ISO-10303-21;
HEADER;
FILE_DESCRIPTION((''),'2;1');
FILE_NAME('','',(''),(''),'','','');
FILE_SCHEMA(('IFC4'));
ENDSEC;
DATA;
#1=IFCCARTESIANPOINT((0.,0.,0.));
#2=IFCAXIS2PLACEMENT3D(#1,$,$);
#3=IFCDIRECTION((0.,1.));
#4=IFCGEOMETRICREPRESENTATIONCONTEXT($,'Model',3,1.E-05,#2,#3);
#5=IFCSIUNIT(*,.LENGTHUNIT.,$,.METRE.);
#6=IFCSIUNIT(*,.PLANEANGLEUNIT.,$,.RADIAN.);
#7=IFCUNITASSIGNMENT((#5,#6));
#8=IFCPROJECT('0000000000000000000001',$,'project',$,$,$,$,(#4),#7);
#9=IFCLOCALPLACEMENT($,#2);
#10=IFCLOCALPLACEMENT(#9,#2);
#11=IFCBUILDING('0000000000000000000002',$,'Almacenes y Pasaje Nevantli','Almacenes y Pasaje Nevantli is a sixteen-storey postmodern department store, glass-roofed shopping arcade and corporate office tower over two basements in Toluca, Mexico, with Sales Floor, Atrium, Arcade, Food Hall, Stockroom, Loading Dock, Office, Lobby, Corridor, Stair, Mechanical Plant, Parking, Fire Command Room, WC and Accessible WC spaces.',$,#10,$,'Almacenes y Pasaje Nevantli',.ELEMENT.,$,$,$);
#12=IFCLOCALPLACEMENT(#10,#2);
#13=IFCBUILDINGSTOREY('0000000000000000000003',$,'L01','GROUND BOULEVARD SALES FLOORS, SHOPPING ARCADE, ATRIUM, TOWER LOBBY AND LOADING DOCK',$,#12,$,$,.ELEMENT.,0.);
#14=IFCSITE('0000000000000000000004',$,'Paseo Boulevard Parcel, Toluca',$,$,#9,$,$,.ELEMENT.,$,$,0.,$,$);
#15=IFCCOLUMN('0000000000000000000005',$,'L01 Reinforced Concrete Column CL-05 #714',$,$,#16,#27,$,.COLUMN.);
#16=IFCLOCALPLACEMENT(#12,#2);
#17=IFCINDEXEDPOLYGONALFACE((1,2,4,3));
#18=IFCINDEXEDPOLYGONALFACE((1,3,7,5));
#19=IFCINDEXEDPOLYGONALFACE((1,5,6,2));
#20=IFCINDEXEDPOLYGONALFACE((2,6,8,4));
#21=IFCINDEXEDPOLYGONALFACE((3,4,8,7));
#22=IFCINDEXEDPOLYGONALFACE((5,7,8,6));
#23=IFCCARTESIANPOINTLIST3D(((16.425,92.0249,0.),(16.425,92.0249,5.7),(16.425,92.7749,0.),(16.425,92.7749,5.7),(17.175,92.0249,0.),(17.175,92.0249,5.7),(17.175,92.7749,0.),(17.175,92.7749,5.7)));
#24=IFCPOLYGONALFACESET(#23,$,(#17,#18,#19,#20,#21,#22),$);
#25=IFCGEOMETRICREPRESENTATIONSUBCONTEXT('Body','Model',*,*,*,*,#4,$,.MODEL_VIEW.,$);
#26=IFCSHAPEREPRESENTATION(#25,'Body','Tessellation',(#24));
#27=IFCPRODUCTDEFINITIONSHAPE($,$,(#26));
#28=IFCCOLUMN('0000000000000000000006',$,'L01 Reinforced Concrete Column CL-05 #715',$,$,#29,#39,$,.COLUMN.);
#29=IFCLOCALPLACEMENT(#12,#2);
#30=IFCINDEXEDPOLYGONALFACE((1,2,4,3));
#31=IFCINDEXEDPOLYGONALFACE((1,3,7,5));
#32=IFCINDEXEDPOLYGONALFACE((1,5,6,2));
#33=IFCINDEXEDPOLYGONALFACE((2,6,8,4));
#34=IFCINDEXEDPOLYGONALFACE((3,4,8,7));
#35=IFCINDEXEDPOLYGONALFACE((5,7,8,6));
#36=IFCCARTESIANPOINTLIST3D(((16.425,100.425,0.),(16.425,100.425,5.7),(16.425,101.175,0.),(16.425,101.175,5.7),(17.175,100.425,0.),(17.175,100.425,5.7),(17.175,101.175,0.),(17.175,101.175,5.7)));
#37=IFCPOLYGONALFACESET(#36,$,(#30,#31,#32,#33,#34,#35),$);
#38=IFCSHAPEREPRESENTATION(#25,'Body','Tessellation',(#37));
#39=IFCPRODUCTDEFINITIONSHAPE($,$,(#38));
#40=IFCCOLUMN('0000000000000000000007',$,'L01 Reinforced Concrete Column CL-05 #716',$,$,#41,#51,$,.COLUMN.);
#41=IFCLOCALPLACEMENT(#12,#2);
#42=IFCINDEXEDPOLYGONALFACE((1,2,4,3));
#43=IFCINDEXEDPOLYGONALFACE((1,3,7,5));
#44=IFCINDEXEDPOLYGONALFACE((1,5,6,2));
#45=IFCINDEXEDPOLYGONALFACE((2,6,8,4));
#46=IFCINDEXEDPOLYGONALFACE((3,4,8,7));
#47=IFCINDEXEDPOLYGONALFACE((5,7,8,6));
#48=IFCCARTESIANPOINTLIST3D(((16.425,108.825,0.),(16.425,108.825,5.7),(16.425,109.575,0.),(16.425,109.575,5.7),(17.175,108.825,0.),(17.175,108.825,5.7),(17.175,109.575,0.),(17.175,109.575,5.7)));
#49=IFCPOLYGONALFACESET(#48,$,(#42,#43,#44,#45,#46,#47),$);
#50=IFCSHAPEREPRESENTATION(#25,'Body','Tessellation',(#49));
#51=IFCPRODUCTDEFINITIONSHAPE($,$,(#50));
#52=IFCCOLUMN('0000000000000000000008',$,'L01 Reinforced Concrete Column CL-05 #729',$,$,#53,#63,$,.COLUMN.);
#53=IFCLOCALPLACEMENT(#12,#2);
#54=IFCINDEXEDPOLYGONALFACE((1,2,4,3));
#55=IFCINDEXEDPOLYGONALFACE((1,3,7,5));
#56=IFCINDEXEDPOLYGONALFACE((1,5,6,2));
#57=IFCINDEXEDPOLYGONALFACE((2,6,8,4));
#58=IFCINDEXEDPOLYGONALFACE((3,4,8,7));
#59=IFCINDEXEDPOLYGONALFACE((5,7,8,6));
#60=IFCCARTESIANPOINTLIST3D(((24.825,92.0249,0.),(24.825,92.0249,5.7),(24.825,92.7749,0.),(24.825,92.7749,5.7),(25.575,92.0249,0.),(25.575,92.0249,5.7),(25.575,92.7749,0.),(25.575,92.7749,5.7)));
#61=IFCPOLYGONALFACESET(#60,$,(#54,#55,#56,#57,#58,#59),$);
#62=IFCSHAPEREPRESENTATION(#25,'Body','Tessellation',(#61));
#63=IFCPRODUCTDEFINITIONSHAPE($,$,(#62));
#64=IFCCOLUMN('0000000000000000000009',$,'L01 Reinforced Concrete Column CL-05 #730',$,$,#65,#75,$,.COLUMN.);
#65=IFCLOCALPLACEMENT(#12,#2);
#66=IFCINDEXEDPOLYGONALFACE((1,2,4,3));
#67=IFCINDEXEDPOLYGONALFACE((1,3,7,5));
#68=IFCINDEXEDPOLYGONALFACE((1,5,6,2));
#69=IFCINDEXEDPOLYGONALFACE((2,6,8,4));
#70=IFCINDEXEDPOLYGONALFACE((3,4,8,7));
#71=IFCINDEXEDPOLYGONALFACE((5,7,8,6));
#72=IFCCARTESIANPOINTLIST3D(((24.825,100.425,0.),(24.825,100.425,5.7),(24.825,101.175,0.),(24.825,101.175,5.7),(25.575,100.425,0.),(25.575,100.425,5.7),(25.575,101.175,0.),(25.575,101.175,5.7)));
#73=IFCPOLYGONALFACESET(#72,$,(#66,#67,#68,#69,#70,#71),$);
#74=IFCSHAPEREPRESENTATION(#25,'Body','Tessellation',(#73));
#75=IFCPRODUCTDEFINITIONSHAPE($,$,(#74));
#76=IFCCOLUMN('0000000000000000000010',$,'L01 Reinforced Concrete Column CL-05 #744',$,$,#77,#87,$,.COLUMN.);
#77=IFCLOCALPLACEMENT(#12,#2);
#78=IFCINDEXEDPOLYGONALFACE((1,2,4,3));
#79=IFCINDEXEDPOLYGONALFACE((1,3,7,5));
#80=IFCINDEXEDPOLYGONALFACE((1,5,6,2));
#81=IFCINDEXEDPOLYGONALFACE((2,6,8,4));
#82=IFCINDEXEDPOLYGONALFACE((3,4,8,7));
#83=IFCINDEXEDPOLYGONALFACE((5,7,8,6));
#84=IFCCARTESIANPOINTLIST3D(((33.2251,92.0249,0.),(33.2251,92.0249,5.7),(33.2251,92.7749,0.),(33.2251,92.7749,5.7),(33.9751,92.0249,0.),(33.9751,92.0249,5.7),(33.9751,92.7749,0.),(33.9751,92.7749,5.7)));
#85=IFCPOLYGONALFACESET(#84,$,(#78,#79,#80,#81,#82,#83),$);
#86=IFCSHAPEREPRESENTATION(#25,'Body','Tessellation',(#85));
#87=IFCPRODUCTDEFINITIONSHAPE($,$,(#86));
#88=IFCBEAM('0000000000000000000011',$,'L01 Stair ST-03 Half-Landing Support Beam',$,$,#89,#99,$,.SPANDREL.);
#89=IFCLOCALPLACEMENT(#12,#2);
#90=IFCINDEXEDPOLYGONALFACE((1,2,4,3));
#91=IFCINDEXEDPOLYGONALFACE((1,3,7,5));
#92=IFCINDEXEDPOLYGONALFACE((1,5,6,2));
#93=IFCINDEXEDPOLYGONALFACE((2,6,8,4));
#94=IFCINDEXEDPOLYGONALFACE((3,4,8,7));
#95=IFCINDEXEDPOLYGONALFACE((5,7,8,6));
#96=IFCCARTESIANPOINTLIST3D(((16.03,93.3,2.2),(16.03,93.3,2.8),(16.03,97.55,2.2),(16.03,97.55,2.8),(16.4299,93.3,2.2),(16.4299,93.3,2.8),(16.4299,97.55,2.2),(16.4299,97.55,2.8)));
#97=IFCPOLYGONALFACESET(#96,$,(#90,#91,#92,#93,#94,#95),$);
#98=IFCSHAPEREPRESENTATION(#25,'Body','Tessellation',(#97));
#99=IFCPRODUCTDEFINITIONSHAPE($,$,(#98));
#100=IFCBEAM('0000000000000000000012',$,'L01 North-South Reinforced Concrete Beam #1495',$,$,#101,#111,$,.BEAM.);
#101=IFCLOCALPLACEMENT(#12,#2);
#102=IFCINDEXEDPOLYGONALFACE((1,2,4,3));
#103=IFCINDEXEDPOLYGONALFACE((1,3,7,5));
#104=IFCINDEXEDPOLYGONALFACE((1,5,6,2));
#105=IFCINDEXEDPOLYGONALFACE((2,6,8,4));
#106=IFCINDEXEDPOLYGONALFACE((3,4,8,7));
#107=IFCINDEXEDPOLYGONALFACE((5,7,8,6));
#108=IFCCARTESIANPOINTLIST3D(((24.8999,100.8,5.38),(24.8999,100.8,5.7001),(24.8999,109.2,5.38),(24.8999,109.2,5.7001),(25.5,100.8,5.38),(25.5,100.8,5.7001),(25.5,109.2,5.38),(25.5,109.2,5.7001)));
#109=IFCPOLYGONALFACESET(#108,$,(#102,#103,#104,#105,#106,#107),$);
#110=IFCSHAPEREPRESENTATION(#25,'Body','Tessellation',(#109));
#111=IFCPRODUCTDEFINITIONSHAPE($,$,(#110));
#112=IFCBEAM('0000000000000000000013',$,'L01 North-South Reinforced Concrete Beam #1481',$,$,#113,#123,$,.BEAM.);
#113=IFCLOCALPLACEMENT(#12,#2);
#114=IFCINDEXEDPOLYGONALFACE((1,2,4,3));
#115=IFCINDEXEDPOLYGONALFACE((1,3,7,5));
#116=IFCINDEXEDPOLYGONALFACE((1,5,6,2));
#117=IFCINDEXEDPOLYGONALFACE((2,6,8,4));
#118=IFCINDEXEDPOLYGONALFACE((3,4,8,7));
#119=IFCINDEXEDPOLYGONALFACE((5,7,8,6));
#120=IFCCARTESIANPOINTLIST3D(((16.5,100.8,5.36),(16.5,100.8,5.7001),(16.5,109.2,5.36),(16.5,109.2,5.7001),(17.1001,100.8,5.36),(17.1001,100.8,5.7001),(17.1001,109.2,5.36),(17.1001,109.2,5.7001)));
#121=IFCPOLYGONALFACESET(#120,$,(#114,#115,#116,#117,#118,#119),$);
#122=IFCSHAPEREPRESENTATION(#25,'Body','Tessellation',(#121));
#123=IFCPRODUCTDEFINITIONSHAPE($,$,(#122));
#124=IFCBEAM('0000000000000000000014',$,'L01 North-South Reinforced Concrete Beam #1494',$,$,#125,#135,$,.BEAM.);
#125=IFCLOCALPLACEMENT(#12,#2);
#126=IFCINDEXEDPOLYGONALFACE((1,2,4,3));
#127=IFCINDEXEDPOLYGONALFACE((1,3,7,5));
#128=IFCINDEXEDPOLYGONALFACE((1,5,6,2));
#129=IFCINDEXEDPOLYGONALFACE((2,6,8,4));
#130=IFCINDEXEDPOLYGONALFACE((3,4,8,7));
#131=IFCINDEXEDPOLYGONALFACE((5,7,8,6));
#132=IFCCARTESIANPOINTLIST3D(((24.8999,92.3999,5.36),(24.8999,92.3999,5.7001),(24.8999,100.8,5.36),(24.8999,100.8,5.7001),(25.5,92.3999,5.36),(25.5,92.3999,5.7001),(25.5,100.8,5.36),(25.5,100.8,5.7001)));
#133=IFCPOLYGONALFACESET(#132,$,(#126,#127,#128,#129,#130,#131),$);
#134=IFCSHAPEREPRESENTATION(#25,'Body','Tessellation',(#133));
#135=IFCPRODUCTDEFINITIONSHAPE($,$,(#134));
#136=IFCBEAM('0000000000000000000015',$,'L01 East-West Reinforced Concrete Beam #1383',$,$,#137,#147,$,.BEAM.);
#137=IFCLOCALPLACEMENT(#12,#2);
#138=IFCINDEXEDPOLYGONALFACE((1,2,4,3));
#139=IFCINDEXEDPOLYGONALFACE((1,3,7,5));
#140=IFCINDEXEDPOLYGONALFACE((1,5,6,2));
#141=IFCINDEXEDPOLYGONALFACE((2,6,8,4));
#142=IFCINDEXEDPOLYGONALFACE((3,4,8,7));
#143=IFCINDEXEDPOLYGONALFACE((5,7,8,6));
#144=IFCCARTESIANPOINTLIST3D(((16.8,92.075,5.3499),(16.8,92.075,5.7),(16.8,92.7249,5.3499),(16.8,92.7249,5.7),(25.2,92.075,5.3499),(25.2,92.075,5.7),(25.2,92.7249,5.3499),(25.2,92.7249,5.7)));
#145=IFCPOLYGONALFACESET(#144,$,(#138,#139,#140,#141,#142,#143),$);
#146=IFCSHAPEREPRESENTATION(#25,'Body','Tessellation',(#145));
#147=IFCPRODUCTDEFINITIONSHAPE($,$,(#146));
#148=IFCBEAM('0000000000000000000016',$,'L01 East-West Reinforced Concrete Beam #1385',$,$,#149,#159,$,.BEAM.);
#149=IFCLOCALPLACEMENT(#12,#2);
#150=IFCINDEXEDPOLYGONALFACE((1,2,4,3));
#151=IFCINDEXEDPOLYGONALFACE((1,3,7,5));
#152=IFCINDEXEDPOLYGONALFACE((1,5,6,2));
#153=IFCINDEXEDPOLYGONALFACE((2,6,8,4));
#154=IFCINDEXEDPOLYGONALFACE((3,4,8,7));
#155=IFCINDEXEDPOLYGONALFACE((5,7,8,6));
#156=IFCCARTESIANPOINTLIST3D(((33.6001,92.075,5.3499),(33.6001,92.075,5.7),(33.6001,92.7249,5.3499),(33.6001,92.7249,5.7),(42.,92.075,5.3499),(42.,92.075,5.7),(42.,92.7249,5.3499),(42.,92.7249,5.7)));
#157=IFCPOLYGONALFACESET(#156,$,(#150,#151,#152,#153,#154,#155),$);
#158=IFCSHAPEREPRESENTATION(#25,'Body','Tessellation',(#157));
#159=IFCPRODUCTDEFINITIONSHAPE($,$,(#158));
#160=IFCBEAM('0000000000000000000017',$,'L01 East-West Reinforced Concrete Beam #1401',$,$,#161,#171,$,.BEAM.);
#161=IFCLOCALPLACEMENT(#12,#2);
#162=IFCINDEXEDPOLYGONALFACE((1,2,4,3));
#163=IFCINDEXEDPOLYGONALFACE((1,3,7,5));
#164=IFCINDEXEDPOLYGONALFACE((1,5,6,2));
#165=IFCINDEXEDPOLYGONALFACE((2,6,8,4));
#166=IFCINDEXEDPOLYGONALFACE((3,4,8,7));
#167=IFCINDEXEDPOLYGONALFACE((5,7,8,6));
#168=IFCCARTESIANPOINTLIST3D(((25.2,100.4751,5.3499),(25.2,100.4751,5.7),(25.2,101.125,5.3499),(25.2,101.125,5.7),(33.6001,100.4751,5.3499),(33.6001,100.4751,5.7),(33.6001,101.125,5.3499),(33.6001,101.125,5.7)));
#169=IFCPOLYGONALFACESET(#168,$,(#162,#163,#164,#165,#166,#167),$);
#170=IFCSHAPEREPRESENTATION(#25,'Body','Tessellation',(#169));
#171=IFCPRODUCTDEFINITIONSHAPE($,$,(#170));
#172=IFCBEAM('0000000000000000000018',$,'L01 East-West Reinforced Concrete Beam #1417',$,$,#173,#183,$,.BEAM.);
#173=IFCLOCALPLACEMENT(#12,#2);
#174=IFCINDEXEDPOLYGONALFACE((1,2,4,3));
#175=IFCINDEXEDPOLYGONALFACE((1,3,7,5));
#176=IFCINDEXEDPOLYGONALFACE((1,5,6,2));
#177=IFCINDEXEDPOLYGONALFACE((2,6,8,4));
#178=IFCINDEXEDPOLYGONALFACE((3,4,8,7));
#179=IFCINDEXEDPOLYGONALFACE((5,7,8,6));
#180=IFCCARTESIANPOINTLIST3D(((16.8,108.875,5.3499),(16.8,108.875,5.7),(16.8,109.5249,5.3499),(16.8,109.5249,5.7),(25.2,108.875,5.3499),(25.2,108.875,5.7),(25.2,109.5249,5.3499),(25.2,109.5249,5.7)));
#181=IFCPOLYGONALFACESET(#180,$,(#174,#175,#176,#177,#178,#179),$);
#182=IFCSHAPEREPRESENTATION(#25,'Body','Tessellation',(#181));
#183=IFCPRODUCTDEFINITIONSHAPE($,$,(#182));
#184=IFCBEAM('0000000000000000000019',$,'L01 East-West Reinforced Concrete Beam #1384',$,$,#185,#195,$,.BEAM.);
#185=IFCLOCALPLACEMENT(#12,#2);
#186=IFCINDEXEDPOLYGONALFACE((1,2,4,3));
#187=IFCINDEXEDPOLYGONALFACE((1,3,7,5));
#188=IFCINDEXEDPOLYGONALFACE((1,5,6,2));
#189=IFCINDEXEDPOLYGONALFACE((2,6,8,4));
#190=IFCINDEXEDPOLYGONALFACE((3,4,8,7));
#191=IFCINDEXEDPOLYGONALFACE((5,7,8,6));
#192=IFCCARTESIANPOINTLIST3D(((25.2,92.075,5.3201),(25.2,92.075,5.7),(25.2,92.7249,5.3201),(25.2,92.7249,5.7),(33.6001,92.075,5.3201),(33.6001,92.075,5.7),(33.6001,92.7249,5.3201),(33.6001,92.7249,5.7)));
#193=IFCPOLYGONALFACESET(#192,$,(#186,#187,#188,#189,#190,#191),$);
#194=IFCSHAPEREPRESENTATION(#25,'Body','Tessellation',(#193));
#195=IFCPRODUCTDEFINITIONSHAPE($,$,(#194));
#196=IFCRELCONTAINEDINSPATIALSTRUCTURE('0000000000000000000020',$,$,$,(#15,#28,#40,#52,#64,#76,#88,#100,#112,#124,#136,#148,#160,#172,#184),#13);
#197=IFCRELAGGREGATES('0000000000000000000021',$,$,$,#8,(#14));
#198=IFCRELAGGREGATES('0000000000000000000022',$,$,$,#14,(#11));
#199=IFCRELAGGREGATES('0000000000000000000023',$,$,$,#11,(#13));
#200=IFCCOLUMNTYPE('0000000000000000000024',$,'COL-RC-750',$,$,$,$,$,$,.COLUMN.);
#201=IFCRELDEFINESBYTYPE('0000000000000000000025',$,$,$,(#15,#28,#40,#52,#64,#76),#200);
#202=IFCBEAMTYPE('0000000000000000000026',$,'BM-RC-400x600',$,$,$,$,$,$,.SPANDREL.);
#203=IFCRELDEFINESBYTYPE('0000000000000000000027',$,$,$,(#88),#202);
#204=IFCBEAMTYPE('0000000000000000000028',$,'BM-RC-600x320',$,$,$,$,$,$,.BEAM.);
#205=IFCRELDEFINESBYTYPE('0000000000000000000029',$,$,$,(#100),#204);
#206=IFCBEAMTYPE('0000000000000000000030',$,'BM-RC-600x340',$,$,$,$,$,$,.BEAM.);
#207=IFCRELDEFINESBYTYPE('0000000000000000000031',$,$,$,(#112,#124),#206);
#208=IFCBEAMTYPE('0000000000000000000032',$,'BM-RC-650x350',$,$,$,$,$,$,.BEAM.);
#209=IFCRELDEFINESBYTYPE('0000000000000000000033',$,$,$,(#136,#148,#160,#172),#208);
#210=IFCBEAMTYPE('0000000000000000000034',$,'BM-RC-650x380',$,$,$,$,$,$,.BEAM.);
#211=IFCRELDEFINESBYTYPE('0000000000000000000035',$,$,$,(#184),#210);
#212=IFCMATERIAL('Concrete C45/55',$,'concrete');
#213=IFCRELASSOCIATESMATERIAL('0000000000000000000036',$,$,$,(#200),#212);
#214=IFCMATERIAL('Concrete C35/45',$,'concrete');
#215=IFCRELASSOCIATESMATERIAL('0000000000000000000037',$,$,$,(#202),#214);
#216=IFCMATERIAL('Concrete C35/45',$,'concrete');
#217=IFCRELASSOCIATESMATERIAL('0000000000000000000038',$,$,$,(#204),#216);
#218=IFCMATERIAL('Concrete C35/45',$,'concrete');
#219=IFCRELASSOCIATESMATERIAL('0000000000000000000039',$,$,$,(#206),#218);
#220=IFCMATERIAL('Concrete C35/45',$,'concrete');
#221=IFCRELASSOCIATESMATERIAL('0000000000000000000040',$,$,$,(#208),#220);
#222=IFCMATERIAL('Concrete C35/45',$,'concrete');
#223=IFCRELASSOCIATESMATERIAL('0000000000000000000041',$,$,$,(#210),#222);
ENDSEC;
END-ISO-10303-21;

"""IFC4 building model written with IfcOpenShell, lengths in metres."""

from ifc_helpers import new_model, si_unit, direction, frame, origin, origin_2d, place, context, subcontext, project, spatial, rectangle, extrude, material, material_profile, profile_set, type_object, element, save


model = new_model("IFC4")

# Units and contexts
model_context = context("Model", 3, precision=1e-05, world=origin(), true_north=direction((0.0, 1.0)))
body_context = subcontext(model_context, "Body", "Model", "MODEL_VIEW")
ifc_project = project(units=[si_unit("LENGTHUNIT", "METRE"), si_unit("PLANEANGLEUNIT", "RADIAN")], contexts=[model_context])

# Site, building, storey
site_placement = place(None, origin())
site = spatial("IfcSite", under=ifc_project, at=site_placement, Name="Paseo Boulevard Parcel, Toluca", CompositionType="ELEMENT", RefElevation=0.0)
building_placement = place(site_placement, origin())
building = spatial("IfcBuilding", under=site, at=building_placement, Name="Almacenes y Pasaje Nevantli", Description="Almacenes y Pasaje Nevantli is a sixteen-storey postmodern department store, glass-roofed shopping arcade and corporate office tower over two basements in Toluca, Mexico, with Sales Floor, Atrium, Arcade, Food Hall, Stockroom, Loading Dock, Office, Lobby, Corridor, Stair, Mechanical Plant, Parking, Fire Command Room, WC and Accessible WC spaces.", LongName="Almacenes y Pasaje Nevantli", CompositionType="ELEMENT")
storey_placement = place(building_placement, origin())
storey = spatial("IfcBuildingStorey", under=building, at=storey_placement, Name="L01", Description="GROUND BOULEVARD SALES FLOORS, SHOPPING ARCADE, ATRIUM, TOWER LOBBY AND LOADING DOCK", CompositionType="ELEMENT", Elevation=0.0)

# Columns
ifc_material_1 = material(Name="Concrete C45/55", Category="concrete")
ifc_material_profile_1 = material_profile(ifc_material_1, rectangle(XDim=0.75, YDim=0.75, at=origin_2d()), Name="RC-COL-750x750")
ifc_profile_set_1 = profile_set([ifc_material_profile_1], Name="Concrete C45/55")
column_type = type_object("IfcColumnType", Name="COL-RC-750", PredefinedType="COLUMN", material=ifc_profile_set_1)
for number, where, z_axis, x_axis, name in (
    (1, (16.8, 92.3999, 0.0), (0.0, 0.0, 1.0), (1.0, 0.0, 0.0), "L01 Reinforced Concrete Column CL-05 #714"),
    (2, (16.8, 100.8, 0.0), (0.0, 0.0, 1.0), (1.0, 0.0, 0.0), "L01 Reinforced Concrete Column CL-05 #715"),
    (3, (16.8, 109.2, 0.0), (0.0, 0.0, 1.0), (1.0, 0.0, 0.0), "L01 Reinforced Concrete Column CL-05 #716"),
    (4, (25.2, 92.3999, 0.0), (0.0, 0.0, 1.0), (1.0, 0.0, 0.0), "L01 Reinforced Concrete Column CL-05 #729"),
    (5, (25.2, 100.8, 0.0), (0.0, 0.0, 1.0), (1.0, 0.0, 0.0), "L01 Reinforced Concrete Column CL-05 #730"),
    (6, (33.6001, 92.3999, 0.0), (0.0, 0.0, 1.0), (1.0, 0.0, 0.0), "L01 Reinforced Concrete Column CL-05 #744"),
):
    element("IfcColumn", number, at=place(storey_placement, frame(where, z_axis=z_axis, x_axis=x_axis)), inside=storey, type_object=column_type, Name=name, PredefinedType="COLUMN", context=body_context, shape_type="SweptSolid", body=[
        extrude(rectangle(XDim=0.75, YDim=0.75, at=origin_2d()), origin(), (0.0, 0.0, 1.0), 5.7),
    ])

# Beams
ifc_material_2 = material(Name="Concrete C35/45", Category="concrete")
ifc_material_profile_2 = material_profile(ifc_material_2, rectangle(XDim=0.3999, YDim=0.6001, at=origin_2d()), Name="RC-BM-400x600")
ifc_profile_set_2 = profile_set([ifc_material_profile_2], Name="Concrete C35/45")
beam_type_1 = type_object("IfcBeamType", Name="BM-RC-400x600", PredefinedType="SPANDREL", material=ifc_profile_set_2)
beam_1_placement = place(storey_placement, frame((16.23, 93.3, 2.5), z_axis=(0.0, 1.0, 0.0), x_axis=(-1.0, 0.0, 0.0)))
element("IfcBeam", 7, at=beam_1_placement, inside=storey, type_object=beam_type_1, Name="L01 Stair ST-03 Half-Landing Support Beam", PredefinedType="SPANDREL", context=body_context, shape_type="SweptSolid", body=[
    extrude(rectangle(XDim=0.3999, YDim=0.6001, at=origin_2d()), origin(), (0.0, 0.0, 1.0), 4.25),
])
ifc_material_3 = material(Name="Concrete C35/45", Category="concrete")
ifc_material_profile_3 = material_profile(ifc_material_3, rectangle(XDim=0.6001, YDim=0.3201, at=origin_2d()), Name="RC-BM-600x320")
ifc_profile_set_3 = profile_set([ifc_material_profile_3], Name="Concrete C35/45")
beam_type_2 = type_object("IfcBeamType", Name="BM-RC-600x320", PredefinedType="BEAM", material=ifc_profile_set_3)
beam_2_placement = place(storey_placement, frame((25.2, 100.8, 5.54), z_axis=(0.0, 1.0, 0.0), x_axis=(-1.0, 0.0, 0.0)))
element("IfcBeam", 8, at=beam_2_placement, inside=storey, type_object=beam_type_2, Name="L01 North-South Reinforced Concrete Beam #1495", PredefinedType="BEAM", context=body_context, shape_type="SweptSolid", body=[
    extrude(rectangle(XDim=0.6001, YDim=0.3201, at=origin_2d()), origin(), (0.0, 0.0, 1.0), 8.3999),
])
ifc_material_4 = material(Name="Concrete C35/45", Category="concrete")
ifc_material_profile_4 = material_profile(ifc_material_4, rectangle(XDim=0.6001, YDim=0.3401, at=origin_2d()), Name="RC-BM-600x340")
ifc_profile_set_4 = profile_set([ifc_material_profile_4], Name="Concrete C35/45")
beam_type_3 = type_object("IfcBeamType", Name="BM-RC-600x340", PredefinedType="BEAM", material=ifc_profile_set_4)
beam_3_placement = place(storey_placement, frame((16.8, 100.8, 5.53), z_axis=(0.0, 1.0, 0.0), x_axis=(-1.0, 0.0, 0.0)))
element("IfcBeam", 9, at=beam_3_placement, inside=storey, type_object=beam_type_3, Name="L01 North-South Reinforced Concrete Beam #1481", PredefinedType="BEAM", context=body_context, shape_type="SweptSolid", body=[
    extrude(rectangle(XDim=0.6001, YDim=0.3401, at=origin_2d()), origin(), (0.0, 0.0, 1.0), 8.3999),
])
beam_4_placement = place(storey_placement, frame((25.2, 92.3999, 5.53), z_axis=(0.0, 1.0, 0.0), x_axis=(-1.0, 0.0, 0.0)))
element("IfcBeam", 10, at=beam_4_placement, inside=storey, type_object=beam_type_3, Name="L01 North-South Reinforced Concrete Beam #1494", PredefinedType="BEAM", context=body_context, shape_type="SweptSolid", body=[
    extrude(rectangle(XDim=0.6001, YDim=0.3401, at=origin_2d()), origin(), (0.0, 0.0, 1.0), 8.4001),
])
ifc_material_5 = material(Name="Concrete C35/45", Category="concrete")
ifc_material_profile_5 = material_profile(ifc_material_5, rectangle(XDim=0.6499, YDim=0.3501, at=origin_2d()), Name="RC-BM-650x350")
ifc_profile_set_5 = profile_set([ifc_material_profile_5], Name="Concrete C35/45")
beam_type_4 = type_object("IfcBeamType", Name="BM-RC-650x350", PredefinedType="BEAM", material=ifc_profile_set_5)
for number, where, z_axis, x_axis, name in (
    (11, (16.8, 92.3999, 5.5249), (1.0, 0.0, 0.0), (0.0, 1.0, 0.0), "L01 East-West Reinforced Concrete Beam #1383"),
    (12, (33.6001, 92.3999, 5.5249), (1.0, 0.0, 0.0), (0.0, 1.0, 0.0), "L01 East-West Reinforced Concrete Beam #1385"),
):
    element("IfcBeam", number, at=place(storey_placement, frame(where, z_axis=z_axis, x_axis=x_axis)), inside=storey, type_object=beam_type_4, Name=name, PredefinedType="BEAM", context=body_context, shape_type="SweptSolid", body=[
        extrude(rectangle(XDim=0.6499, YDim=0.3501, at=origin_2d()), origin(), (0.0, 0.0, 1.0), 8.3999),
    ])
beam_5_placement = place(storey_placement, frame((25.2, 100.8, 5.5249), z_axis=(1.0, 0.0, 0.0), x_axis=(0.0, 1.0, 0.0)))
element("IfcBeam", 13, at=beam_5_placement, inside=storey, type_object=beam_type_4, Name="L01 East-West Reinforced Concrete Beam #1401", PredefinedType="BEAM", context=body_context, shape_type="SweptSolid", body=[
    extrude(rectangle(XDim=0.6499, YDim=0.3501, at=origin_2d()), origin(), (0.0, 0.0, 1.0), 8.4001),
])
beam_6_placement = place(storey_placement, frame((16.8, 109.2, 5.5249), z_axis=(1.0, 0.0, 0.0), x_axis=(0.0, 1.0, 0.0)))
element("IfcBeam", 14, at=beam_6_placement, inside=storey, type_object=beam_type_4, Name="L01 East-West Reinforced Concrete Beam #1417", PredefinedType="BEAM", context=body_context, shape_type="SweptSolid", body=[
    extrude(rectangle(XDim=0.6499, YDim=0.3501, at=origin_2d()), origin(), (0.0, 0.0, 1.0), 8.3999),
])
ifc_material_6 = material(Name="Concrete C35/45", Category="concrete")
ifc_material_profile_6 = material_profile(ifc_material_6, rectangle(XDim=0.6499, YDim=0.3799, at=origin_2d()), Name="RC-BM-650x380")
ifc_profile_set_6 = profile_set([ifc_material_profile_6], Name="Concrete C35/45")
beam_type_5 = type_object("IfcBeamType", Name="BM-RC-650x380", PredefinedType="BEAM", material=ifc_profile_set_6)
beam_7_placement = place(storey_placement, frame((25.2, 92.3999, 5.51), z_axis=(1.0, 0.0, 0.0), x_axis=(0.0, 1.0, 0.0)))
element("IfcBeam", 15, at=beam_7_placement, inside=storey, type_object=beam_type_5, Name="L01 East-West Reinforced Concrete Beam #1384", PredefinedType="BEAM", context=body_context, shape_type="SweptSolid", body=[
    extrude(rectangle(XDim=0.6499, YDim=0.3799, at=origin_2d()), origin(), (0.0, 0.0, 1.0), 8.4001),
])

save(model, "model.ifc")
